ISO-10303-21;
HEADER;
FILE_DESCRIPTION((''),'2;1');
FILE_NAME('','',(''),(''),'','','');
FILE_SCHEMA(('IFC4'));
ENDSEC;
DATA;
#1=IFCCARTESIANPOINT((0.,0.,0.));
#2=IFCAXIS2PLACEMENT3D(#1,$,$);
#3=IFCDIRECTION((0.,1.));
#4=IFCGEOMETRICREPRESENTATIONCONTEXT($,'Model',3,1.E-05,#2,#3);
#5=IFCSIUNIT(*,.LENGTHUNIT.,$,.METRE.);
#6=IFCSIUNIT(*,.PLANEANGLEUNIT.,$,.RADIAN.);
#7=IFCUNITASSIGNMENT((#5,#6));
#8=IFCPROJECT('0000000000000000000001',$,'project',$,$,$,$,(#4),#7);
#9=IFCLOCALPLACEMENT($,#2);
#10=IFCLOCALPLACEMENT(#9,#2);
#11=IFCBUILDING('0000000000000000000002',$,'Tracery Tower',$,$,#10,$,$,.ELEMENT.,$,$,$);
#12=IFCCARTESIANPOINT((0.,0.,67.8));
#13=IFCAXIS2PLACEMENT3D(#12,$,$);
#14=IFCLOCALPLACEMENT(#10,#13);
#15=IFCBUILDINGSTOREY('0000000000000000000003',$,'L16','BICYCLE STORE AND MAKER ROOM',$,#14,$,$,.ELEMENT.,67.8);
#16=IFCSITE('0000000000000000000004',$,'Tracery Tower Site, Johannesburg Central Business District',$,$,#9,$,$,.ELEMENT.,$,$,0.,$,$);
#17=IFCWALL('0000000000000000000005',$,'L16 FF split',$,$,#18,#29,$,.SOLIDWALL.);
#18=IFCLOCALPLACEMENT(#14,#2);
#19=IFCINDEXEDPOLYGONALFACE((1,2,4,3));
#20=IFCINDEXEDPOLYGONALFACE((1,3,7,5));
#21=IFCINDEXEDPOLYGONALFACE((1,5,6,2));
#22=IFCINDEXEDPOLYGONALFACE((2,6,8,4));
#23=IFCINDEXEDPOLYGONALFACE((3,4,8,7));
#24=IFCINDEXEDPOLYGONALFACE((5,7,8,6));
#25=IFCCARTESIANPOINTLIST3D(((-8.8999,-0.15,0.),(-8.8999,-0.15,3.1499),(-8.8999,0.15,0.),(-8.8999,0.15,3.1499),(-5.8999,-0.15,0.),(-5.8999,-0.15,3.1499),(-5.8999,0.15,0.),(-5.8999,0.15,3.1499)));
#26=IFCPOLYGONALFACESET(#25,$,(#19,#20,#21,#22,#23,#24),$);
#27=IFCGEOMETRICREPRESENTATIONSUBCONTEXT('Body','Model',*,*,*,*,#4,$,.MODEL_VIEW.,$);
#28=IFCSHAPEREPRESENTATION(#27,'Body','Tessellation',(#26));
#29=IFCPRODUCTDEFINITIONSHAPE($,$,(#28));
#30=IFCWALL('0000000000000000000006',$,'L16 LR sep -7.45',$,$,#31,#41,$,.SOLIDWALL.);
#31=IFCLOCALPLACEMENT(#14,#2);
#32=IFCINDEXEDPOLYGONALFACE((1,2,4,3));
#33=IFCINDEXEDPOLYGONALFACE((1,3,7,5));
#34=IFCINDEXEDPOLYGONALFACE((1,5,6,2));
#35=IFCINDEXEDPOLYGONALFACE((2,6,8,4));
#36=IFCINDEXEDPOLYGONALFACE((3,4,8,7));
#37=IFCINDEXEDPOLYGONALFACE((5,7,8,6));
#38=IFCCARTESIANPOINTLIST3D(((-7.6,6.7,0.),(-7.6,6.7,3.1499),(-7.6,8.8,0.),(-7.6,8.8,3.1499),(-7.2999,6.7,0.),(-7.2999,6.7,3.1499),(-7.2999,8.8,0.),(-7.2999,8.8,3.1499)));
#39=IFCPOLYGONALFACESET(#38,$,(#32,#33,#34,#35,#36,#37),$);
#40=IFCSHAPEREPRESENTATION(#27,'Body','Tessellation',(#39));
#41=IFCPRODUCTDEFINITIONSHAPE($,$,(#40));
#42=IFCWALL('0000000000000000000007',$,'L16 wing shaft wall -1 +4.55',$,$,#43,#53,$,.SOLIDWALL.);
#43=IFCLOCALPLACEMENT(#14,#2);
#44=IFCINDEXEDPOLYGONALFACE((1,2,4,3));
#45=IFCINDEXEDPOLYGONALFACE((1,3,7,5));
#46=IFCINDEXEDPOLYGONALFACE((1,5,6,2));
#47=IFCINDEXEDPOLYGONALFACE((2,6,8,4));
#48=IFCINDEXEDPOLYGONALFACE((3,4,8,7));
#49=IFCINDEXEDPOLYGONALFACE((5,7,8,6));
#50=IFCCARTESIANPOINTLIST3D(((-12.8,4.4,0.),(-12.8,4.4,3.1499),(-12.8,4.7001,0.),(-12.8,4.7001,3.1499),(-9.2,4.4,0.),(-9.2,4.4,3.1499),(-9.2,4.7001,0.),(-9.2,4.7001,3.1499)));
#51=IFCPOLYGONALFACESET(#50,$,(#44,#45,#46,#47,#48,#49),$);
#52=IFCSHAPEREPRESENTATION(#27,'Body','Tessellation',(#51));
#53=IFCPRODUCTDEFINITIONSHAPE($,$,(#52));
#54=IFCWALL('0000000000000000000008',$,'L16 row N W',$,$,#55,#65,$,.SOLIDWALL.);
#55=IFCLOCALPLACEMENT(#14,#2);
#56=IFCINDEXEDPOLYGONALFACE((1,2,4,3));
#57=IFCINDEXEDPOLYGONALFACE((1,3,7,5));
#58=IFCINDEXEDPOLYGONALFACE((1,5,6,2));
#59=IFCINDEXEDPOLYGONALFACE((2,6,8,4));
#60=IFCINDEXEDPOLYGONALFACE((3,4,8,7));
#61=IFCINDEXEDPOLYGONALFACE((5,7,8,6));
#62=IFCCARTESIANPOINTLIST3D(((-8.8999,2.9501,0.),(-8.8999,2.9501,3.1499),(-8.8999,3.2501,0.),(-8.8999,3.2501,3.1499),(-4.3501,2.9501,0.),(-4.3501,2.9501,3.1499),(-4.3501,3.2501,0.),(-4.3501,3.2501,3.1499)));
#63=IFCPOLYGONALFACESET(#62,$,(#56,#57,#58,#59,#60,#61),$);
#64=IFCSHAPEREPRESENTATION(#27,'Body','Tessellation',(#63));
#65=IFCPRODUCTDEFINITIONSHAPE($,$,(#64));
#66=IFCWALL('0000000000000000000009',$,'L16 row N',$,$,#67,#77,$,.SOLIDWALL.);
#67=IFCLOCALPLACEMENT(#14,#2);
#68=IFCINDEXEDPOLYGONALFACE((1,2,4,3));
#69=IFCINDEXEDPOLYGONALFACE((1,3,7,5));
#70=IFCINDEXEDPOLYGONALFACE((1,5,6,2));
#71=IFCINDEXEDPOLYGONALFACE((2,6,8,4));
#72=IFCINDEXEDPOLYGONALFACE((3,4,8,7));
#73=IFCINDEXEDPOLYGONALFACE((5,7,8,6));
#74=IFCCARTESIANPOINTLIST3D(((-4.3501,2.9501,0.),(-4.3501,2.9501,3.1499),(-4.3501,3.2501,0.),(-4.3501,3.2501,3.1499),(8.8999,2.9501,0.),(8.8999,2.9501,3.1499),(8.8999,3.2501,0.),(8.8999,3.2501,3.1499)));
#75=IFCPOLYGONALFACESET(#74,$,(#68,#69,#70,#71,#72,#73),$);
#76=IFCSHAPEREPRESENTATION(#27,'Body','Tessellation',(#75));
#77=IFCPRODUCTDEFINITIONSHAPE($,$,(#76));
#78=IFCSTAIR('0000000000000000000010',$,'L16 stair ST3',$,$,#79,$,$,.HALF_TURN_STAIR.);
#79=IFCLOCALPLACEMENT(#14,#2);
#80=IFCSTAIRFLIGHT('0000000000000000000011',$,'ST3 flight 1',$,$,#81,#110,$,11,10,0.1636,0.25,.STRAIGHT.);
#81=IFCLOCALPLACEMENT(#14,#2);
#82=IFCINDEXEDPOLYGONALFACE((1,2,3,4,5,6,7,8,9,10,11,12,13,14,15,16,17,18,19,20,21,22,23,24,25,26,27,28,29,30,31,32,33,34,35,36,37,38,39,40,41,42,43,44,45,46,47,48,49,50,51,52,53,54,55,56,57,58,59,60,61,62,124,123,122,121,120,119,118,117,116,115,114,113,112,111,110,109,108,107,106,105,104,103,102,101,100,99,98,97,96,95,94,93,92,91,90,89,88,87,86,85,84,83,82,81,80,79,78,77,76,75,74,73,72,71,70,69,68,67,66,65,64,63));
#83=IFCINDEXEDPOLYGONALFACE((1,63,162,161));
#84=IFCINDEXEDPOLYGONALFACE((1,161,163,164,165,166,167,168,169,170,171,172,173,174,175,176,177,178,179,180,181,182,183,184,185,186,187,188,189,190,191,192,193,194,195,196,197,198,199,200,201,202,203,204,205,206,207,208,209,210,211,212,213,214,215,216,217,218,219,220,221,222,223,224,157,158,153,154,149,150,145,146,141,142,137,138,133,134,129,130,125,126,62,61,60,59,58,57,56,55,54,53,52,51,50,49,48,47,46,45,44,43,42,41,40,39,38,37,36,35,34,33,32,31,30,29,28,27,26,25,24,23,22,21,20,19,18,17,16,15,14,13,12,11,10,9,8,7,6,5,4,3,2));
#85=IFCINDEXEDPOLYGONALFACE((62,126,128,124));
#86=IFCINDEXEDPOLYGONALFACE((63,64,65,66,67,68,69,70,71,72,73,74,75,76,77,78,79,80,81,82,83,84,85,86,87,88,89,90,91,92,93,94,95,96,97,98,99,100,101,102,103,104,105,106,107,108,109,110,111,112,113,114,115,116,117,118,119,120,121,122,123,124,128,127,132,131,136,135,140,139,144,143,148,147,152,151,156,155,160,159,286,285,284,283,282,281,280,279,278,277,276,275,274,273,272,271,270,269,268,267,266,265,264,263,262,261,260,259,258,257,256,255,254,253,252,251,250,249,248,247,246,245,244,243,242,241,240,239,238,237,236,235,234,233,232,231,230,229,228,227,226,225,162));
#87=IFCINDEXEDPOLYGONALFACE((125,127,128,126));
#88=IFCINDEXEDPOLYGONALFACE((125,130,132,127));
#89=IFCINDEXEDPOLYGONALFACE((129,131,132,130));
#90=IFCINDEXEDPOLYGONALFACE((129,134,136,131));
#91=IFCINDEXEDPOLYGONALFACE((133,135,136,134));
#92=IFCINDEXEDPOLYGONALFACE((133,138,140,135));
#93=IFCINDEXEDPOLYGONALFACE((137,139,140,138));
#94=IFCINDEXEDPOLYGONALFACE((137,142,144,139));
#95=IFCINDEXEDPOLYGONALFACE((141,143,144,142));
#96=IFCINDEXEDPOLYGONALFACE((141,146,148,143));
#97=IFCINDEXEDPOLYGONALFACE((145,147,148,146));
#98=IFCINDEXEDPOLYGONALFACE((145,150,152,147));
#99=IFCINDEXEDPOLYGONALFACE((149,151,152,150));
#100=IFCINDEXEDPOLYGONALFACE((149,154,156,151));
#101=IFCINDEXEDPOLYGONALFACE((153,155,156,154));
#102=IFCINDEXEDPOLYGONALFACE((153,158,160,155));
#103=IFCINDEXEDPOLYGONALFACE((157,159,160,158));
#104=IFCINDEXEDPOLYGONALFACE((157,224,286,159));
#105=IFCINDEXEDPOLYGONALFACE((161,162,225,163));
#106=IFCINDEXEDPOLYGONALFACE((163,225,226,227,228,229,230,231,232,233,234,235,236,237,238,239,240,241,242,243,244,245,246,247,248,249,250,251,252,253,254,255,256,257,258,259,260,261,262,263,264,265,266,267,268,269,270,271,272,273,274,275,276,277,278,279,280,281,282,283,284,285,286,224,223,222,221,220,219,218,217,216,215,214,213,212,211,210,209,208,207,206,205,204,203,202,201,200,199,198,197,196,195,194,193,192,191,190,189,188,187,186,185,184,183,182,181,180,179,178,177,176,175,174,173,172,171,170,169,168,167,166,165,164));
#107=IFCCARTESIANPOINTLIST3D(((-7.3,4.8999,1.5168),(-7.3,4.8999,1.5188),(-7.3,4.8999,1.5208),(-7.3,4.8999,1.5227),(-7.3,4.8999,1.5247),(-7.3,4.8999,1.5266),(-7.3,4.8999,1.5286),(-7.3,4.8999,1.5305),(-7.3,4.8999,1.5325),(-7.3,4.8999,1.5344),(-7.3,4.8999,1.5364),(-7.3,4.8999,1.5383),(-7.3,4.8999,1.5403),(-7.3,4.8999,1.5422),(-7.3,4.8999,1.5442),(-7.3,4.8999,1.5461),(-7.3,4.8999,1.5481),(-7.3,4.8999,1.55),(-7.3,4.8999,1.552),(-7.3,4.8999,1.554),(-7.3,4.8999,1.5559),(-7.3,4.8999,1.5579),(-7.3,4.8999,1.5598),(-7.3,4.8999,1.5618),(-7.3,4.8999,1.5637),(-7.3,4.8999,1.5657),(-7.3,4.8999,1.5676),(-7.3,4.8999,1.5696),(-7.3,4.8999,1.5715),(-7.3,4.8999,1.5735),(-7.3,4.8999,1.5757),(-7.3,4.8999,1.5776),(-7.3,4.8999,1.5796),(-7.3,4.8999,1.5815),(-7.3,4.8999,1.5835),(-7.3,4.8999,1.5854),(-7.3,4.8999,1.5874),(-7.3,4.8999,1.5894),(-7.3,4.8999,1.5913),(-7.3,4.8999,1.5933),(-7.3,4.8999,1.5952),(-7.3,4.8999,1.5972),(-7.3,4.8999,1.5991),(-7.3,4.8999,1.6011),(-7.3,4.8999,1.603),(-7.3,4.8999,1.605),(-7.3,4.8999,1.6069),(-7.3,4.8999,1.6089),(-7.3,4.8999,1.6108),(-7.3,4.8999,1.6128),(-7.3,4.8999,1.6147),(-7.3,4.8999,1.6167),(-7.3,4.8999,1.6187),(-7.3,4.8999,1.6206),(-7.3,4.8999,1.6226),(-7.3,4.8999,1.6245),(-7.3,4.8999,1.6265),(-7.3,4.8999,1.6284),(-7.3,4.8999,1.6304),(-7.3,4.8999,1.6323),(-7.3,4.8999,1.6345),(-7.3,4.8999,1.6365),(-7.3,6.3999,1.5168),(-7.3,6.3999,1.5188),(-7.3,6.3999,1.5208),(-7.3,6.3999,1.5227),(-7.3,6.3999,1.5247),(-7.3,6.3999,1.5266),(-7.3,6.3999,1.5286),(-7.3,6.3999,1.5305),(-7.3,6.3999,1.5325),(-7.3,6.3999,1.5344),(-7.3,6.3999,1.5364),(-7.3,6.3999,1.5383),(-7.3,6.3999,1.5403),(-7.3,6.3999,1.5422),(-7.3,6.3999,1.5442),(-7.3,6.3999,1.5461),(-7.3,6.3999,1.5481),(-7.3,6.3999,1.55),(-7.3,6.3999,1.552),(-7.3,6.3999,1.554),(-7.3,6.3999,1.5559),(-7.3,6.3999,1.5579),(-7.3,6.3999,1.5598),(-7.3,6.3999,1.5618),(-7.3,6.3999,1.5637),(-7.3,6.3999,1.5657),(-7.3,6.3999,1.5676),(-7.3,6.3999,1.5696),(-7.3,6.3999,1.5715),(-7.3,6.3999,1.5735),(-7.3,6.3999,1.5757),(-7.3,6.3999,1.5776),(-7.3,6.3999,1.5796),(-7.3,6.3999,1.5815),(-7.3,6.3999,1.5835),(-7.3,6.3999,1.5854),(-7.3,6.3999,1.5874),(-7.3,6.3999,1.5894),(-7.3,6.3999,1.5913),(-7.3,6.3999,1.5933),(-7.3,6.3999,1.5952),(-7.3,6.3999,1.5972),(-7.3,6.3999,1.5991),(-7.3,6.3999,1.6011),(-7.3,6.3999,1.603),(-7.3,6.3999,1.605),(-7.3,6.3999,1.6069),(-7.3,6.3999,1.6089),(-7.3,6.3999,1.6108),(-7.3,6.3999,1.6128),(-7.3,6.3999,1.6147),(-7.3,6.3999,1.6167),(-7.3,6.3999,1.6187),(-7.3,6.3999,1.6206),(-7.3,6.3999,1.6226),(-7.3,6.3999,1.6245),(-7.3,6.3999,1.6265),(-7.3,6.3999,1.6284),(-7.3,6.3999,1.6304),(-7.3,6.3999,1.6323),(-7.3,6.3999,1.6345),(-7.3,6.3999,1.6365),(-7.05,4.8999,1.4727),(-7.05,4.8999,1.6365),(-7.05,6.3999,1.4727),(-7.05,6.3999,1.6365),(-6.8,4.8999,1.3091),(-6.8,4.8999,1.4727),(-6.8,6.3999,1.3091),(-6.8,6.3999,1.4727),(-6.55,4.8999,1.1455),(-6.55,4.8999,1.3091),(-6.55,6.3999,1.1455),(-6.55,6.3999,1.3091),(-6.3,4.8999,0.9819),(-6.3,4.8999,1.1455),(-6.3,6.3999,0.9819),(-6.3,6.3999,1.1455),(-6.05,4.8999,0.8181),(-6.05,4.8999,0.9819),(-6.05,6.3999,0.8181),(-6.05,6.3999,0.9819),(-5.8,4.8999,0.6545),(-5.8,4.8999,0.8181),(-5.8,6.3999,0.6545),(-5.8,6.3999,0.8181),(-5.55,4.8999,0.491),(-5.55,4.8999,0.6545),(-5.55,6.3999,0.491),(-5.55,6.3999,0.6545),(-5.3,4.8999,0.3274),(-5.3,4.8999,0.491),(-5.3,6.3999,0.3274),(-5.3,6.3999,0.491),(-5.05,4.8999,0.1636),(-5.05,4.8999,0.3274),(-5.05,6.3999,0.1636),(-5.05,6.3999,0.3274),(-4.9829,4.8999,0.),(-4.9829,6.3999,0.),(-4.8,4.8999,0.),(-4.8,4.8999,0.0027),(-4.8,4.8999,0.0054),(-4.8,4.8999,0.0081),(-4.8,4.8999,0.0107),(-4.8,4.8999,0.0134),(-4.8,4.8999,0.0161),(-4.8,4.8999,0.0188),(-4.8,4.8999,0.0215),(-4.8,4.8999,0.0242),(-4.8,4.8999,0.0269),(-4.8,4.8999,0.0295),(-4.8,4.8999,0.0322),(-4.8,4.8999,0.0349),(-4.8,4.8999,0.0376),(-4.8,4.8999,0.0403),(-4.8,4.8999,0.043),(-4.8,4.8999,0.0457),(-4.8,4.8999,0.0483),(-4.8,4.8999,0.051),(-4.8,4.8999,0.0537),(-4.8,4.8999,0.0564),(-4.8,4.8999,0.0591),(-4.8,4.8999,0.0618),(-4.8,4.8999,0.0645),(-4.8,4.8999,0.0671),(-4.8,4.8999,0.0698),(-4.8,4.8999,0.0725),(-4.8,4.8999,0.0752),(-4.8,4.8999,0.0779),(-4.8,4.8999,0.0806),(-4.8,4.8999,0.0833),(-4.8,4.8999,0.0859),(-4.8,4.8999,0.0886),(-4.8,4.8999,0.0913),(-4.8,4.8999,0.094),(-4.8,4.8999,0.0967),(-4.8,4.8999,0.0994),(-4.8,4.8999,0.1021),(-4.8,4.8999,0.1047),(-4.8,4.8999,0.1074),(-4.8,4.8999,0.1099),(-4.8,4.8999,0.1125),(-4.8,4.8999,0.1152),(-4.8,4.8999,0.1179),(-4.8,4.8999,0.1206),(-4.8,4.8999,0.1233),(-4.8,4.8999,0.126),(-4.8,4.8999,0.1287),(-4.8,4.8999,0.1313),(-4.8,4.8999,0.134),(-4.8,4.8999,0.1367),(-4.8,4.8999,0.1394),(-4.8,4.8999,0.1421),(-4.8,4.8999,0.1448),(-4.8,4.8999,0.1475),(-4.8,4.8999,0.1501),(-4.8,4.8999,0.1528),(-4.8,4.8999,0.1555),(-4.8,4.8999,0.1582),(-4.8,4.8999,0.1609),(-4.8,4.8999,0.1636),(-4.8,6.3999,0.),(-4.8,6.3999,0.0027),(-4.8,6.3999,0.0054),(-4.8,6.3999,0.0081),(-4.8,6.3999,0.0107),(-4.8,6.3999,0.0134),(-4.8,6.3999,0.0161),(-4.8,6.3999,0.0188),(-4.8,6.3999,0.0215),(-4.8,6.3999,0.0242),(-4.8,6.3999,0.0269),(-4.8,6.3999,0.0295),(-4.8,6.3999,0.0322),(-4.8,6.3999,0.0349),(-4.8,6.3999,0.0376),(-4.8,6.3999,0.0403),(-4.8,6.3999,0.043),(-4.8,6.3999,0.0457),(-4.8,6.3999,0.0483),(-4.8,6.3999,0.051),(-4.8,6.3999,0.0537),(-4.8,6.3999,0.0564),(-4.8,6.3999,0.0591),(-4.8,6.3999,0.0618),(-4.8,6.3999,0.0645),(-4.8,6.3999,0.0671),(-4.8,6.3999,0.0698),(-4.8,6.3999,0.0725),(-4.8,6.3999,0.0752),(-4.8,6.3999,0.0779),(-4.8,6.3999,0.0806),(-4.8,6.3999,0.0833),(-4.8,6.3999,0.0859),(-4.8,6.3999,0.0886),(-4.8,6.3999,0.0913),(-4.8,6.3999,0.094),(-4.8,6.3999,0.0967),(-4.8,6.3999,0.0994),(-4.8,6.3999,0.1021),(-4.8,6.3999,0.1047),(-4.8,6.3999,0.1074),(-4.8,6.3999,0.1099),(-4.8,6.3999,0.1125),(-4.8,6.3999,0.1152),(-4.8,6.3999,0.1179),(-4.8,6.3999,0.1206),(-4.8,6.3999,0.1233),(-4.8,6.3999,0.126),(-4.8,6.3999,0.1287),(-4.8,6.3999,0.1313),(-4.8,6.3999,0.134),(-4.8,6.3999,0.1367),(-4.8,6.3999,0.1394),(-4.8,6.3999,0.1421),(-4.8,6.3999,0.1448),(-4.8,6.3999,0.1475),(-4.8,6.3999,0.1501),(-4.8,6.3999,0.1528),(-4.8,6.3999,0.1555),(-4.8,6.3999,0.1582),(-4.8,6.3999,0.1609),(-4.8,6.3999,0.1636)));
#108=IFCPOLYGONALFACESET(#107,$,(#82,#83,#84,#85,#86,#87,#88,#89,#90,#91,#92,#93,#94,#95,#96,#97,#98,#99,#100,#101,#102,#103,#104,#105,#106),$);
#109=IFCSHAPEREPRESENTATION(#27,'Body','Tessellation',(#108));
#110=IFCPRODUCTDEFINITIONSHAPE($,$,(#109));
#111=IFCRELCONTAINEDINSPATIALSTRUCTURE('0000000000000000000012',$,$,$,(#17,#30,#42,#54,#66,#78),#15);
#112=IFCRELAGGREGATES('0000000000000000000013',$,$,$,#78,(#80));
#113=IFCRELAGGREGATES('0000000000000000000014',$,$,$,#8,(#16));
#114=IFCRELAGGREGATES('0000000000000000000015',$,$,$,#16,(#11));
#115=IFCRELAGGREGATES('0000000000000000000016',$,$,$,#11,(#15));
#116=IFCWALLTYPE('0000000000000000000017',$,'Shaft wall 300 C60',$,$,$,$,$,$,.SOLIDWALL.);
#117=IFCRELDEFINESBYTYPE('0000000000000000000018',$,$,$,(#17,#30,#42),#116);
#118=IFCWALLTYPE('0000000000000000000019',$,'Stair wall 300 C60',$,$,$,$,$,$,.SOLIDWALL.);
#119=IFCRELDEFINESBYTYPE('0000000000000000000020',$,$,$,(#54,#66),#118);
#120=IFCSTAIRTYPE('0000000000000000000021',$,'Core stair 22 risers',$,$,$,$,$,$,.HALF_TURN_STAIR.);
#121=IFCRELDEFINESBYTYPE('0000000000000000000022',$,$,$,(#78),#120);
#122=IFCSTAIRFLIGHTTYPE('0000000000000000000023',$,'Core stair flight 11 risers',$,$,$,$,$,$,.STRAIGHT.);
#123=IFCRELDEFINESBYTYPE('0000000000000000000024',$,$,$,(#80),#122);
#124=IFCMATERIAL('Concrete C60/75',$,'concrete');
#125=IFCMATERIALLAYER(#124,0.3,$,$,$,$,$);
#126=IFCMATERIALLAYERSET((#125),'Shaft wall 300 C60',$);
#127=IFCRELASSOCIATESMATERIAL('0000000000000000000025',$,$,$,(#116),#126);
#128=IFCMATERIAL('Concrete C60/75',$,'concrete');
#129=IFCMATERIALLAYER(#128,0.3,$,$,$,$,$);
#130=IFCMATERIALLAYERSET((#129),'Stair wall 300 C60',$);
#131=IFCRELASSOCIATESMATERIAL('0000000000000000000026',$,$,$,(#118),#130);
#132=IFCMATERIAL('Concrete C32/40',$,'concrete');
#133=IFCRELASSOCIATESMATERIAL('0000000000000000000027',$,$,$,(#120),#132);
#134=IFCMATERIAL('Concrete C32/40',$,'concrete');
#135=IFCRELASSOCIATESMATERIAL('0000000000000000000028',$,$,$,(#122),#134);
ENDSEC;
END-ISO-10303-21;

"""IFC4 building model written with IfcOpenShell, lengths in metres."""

from ifc_helpers import new_model, si_unit, direction, frame, frame_2d, origin, place, context, subcontext, project, spatial, polyline, rectangle, outline, extrude, material, layer, layer_set, type_object, element, aggregate, save


model = new_model("IFC4")

# Units and contexts
model_context = context("Model", 3, precision=1e-05, world=origin(), true_north=direction((0.0, 1.0)))
body_context = subcontext(model_context, "Body", "Model", "MODEL_VIEW")
ifc_project = project(units=[si_unit("LENGTHUNIT", "METRE"), si_unit("PLANEANGLEUNIT", "RADIAN")], contexts=[model_context])

# Site, building, storey
site_placement = place(None, origin())
site = spatial("IfcSite", under=ifc_project, at=site_placement, Name="Tracery Tower Site, Johannesburg Central Business District", CompositionType="ELEMENT", RefElevation=0.0)
building_placement = place(site_placement, origin())
building = spatial("IfcBuilding", under=site, at=building_placement, Name="Tracery Tower", CompositionType="ELEMENT")
storey_placement = place(building_placement, frame((0.0, 0.0, 67.8)))
storey = spatial("IfcBuildingStorey", under=building, at=storey_placement, Name="L16", Description="BICYCLE STORE AND MAKER ROOM", CompositionType="ELEMENT", Elevation=67.8)

# Walls
ifc_material_1 = material(Name="Concrete C60/75", Category="concrete")
ifc_layer_1 = layer(ifc_material_1, 0.3)
ifc_layer_set_1 = layer_set([ifc_layer_1], Name="Shaft wall 300 C60")
wall_type_1 = type_object("IfcWallType", Name="Shaft wall 300 C60", PredefinedType="SOLIDWALL", material=ifc_layer_set_1)
wall_1_placement = place(storey_placement, frame((-8.8999, 0.0, 0.0), z_axis=(0.0, 0.0, 1.0), x_axis=(1.0, 0.0, 0.0)))
element("IfcWall", 1, at=wall_1_placement, inside=storey, type_object=wall_type_1, Name="L16 FF split", PredefinedType="SOLIDWALL", context=body_context, shape_type="SweptSolid", body=[
    extrude(rectangle(XDim=3.0, YDim=0.3, at=frame_2d((1.5, 0.0))), origin(), (0.0, 0.0, 1.0), 3.1499),
])
wall_2_placement = place(storey_placement, frame((-7.45, 6.7, 0.0), z_axis=(0.0, 0.0, 1.0), x_axis=(0.0, 1.0, 0.0)))
element("IfcWall", 2, at=wall_2_placement, inside=storey, type_object=wall_type_1, Name="L16 LR sep -7.45", PredefinedType="SOLIDWALL", context=body_context, shape_type="SweptSolid", body=[
    extrude(rectangle(XDim=2.1001, YDim=0.3, at=frame_2d((1.05, 0.0))), origin(), (0.0, 0.0, 1.0), 3.1499),
])

# Wall
wall_3_placement = place(storey_placement, frame((-12.8, 4.55, 0.0), z_axis=(0.0, 0.0, 1.0), x_axis=(1.0, 0.0, 0.0)))
element("IfcWall", 3, at=wall_3_placement, inside=storey, type_object=wall_type_1, Name="L16 wing shaft wall -1 +4.55", PredefinedType="SOLIDWALL", context=body_context, shape_type="SweptSolid", body=[
    extrude(rectangle(XDim=3.6001, YDim=0.3, at=frame_2d((1.8, 0.0))), origin(), (0.0, 0.0, 1.0), 3.1499),
])

# Walls
ifc_material_2 = material(Name="Concrete C60/75", Category="concrete")
ifc_layer_2 = layer(ifc_material_2, 0.3)
ifc_layer_set_2 = layer_set([ifc_layer_2], Name="Stair wall 300 C60")
wall_type_2 = type_object("IfcWallType", Name="Stair wall 300 C60", PredefinedType="SOLIDWALL", material=ifc_layer_set_2)
wall_4_placement = place(storey_placement, frame((-8.8999, 3.1001, 0.0), z_axis=(0.0, 0.0, 1.0), x_axis=(1.0, 0.0, 0.0)))
element("IfcWall", 4, at=wall_4_placement, inside=storey, type_object=wall_type_2, Name="L16 row N W", PredefinedType="SOLIDWALL", context=body_context, shape_type="SweptSolid", body=[
    extrude(rectangle(XDim=4.5498, YDim=0.3, at=frame_2d((2.2749, 0.0))), origin(), (0.0, 0.0, 1.0), 3.1499),
])
wall_5_placement = place(storey_placement, frame((-4.3501, 3.1001, 0.0), z_axis=(0.0, 0.0, 1.0), x_axis=(1.0, 0.0, 0.0)))
element("IfcWall", 5, at=wall_5_placement, inside=storey, type_object=wall_type_2, Name="L16 row N", PredefinedType="SOLIDWALL", context=body_context, shape_type="SweptSolid", body=[
    extrude(rectangle(XDim=13.25, YDim=0.3, at=frame_2d((6.625, 0.0))), origin(), (0.0, 0.0, 1.0), 3.1499),
])

# Stair, stair flight
ifc_material_3 = material(Name="Concrete C32/40", Category="concrete")
stair_type = type_object("IfcStairType", Name="Core stair 22 risers", PredefinedType="HALF_TURN_STAIR", material=ifc_material_3)
stair_placement = place(storey_placement, origin())
stair = element("IfcStair", 6, at=stair_placement, inside=storey, type_object=stair_type, Name="L16 stair ST3", PredefinedType="HALF_TURN_STAIR")
ifc_material_4 = material(Name="Concrete C32/40", Category="concrete")
stair_flight_type = type_object("IfcStairFlightType", Name="Core stair flight 11 risers", PredefinedType="STRAIGHT", material=ifc_material_4)
stair_flight_1_placement = place(storey_placement, frame((-4.8, 5.6499, 0.0), z_axis=(0.0, 0.0, 1.0), x_axis=(-1.0, 0.0, 0.0)))
stair_flight_1 = element("IfcStairFlight", 7, at=stair_flight_1_placement, type_object=stair_flight_type, Name="ST3 flight 1", NumberOfRisers=11, NumberOfTreads=10, PredefinedType="STRAIGHT", RiserHeight=0.1636, TreadLength=0.25, context=body_context, shape_type="SweptSolid", body=[
    extrude(outline(polyline([(0.0, 0.0), (0.0, 0.0027), (0.0, 0.0054), (0.0, 0.0081), (0.0, 0.0107), (0.0, 0.0134), (0.0, 0.0161), (0.0, 0.0188), (0.0, 0.0215), (0.0, 0.0242), (0.0, 0.0269), (0.0, 0.0295), (0.0, 0.0322), (0.0, 0.0349), (0.0, 0.0376), (0.0, 0.0403), (0.0, 0.043), (0.0, 0.0457), (0.0, 0.0483), (0.0, 0.051), (0.0, 0.0537), (0.0, 0.0564), (0.0, 0.0591), (0.0, 0.0618), (0.0, 0.0645), (0.0, 0.0671), (0.0, 0.0698), (0.0, 0.0725), (0.0, 0.0752), (0.0, 0.0779), (0.0, 0.0806), (0.0, 0.0833), (0.0, 0.0859), (0.0, 0.0886), (0.0, 0.0913), (0.0, 0.094), (0.0, 0.0967), (0.0, 0.0994), (0.0, 0.1021), (0.0, 0.1047), (0.0, 0.1074), (0.0, 0.1099), (0.0, 0.1125), (0.0, 0.1152), (0.0, 0.1179), (0.0, 0.1206), (0.0, 0.1233), (0.0, 0.126), (0.0, 0.1287), (0.0, 0.1313), (0.0, 0.134), (0.0, 0.1367), (0.0, 0.1394), (0.0, 0.1421), (0.0, 0.1448), (0.0, 0.1475), (0.0, 0.1501), (0.0, 0.1528), (0.0, 0.1555), (0.0, 0.1582), (0.0, 0.1609), (0.0, 0.1636), (0.25, 0.1636), (0.25, 0.3274), (0.5, 0.3274), (0.5, 0.491), (0.75, 0.491), (0.75, 0.6545), (1.0, 0.6545), (1.0, 0.8181), (1.25, 0.8181), (1.25, 0.9819), (1.5, 0.9819), (1.5, 1.1455), (1.75, 1.1455), (1.75, 1.3091), (2.0, 1.3091), (2.0, 1.4727), (2.25, 1.4727), (2.25, 1.6365), (2.5, 1.6365), (2.5, 1.6345), (2.5, 1.6323), (2.5, 1.6304), (2.5, 1.6284), (2.5, 1.6265), (2.5, 1.6245), (2.5, 1.6226), (2.5, 1.6206), (2.5, 1.6187), (2.5, 1.6167), (2.5, 1.6147), (2.5, 1.6128), (2.5, 1.6108), (2.5, 1.6089), (2.5, 1.6069), (2.5, 1.605), (2.5, 1.603), (2.5, 1.6011), (2.5, 1.5991), (2.5, 1.5972), (2.5, 1.5952), (2.5, 1.5933), (2.5, 1.5913), (2.5, 1.5894), (2.5, 1.5874), (2.5, 1.5854), (2.5, 1.5835), (2.5, 1.5815), (2.5, 1.5796), (2.5, 1.5776), (2.5, 1.5757), (2.5, 1.5735), (2.5, 1.5715), (2.5, 1.5696), (2.5, 1.5676), (2.5, 1.5657), (2.5, 1.5637), (2.5, 1.5618), (2.5, 1.5598), (2.5, 1.5579), (2.5, 1.5559), (2.5, 1.554), (2.5, 1.552), (2.5, 1.55), (2.5, 1.5481), (2.5, 1.5461), (2.5, 1.5442), (2.5, 1.5422), (2.5, 1.5403), (2.5, 1.5383), (2.5, 1.5364), (2.5, 1.5344), (2.5, 1.5325), (2.5, 1.5305), (2.5, 1.5286), (2.5, 1.5266), (2.5, 1.5247), (2.5, 1.5227), (2.5, 1.5208), (2.5, 1.5188), (2.5, 1.5168), (0.1829, 0.0), (0.0, 0.0)])), frame((0.0, 0.75, 0.0), z_axis=(0.0, -1.0, 0.0), x_axis=(1.0, 0.0, 0.0)), (0.0, 0.0, 1.0), 1.5),
])
aggregate(stair, [stair_flight_1])

save(model, "model.ifc")
